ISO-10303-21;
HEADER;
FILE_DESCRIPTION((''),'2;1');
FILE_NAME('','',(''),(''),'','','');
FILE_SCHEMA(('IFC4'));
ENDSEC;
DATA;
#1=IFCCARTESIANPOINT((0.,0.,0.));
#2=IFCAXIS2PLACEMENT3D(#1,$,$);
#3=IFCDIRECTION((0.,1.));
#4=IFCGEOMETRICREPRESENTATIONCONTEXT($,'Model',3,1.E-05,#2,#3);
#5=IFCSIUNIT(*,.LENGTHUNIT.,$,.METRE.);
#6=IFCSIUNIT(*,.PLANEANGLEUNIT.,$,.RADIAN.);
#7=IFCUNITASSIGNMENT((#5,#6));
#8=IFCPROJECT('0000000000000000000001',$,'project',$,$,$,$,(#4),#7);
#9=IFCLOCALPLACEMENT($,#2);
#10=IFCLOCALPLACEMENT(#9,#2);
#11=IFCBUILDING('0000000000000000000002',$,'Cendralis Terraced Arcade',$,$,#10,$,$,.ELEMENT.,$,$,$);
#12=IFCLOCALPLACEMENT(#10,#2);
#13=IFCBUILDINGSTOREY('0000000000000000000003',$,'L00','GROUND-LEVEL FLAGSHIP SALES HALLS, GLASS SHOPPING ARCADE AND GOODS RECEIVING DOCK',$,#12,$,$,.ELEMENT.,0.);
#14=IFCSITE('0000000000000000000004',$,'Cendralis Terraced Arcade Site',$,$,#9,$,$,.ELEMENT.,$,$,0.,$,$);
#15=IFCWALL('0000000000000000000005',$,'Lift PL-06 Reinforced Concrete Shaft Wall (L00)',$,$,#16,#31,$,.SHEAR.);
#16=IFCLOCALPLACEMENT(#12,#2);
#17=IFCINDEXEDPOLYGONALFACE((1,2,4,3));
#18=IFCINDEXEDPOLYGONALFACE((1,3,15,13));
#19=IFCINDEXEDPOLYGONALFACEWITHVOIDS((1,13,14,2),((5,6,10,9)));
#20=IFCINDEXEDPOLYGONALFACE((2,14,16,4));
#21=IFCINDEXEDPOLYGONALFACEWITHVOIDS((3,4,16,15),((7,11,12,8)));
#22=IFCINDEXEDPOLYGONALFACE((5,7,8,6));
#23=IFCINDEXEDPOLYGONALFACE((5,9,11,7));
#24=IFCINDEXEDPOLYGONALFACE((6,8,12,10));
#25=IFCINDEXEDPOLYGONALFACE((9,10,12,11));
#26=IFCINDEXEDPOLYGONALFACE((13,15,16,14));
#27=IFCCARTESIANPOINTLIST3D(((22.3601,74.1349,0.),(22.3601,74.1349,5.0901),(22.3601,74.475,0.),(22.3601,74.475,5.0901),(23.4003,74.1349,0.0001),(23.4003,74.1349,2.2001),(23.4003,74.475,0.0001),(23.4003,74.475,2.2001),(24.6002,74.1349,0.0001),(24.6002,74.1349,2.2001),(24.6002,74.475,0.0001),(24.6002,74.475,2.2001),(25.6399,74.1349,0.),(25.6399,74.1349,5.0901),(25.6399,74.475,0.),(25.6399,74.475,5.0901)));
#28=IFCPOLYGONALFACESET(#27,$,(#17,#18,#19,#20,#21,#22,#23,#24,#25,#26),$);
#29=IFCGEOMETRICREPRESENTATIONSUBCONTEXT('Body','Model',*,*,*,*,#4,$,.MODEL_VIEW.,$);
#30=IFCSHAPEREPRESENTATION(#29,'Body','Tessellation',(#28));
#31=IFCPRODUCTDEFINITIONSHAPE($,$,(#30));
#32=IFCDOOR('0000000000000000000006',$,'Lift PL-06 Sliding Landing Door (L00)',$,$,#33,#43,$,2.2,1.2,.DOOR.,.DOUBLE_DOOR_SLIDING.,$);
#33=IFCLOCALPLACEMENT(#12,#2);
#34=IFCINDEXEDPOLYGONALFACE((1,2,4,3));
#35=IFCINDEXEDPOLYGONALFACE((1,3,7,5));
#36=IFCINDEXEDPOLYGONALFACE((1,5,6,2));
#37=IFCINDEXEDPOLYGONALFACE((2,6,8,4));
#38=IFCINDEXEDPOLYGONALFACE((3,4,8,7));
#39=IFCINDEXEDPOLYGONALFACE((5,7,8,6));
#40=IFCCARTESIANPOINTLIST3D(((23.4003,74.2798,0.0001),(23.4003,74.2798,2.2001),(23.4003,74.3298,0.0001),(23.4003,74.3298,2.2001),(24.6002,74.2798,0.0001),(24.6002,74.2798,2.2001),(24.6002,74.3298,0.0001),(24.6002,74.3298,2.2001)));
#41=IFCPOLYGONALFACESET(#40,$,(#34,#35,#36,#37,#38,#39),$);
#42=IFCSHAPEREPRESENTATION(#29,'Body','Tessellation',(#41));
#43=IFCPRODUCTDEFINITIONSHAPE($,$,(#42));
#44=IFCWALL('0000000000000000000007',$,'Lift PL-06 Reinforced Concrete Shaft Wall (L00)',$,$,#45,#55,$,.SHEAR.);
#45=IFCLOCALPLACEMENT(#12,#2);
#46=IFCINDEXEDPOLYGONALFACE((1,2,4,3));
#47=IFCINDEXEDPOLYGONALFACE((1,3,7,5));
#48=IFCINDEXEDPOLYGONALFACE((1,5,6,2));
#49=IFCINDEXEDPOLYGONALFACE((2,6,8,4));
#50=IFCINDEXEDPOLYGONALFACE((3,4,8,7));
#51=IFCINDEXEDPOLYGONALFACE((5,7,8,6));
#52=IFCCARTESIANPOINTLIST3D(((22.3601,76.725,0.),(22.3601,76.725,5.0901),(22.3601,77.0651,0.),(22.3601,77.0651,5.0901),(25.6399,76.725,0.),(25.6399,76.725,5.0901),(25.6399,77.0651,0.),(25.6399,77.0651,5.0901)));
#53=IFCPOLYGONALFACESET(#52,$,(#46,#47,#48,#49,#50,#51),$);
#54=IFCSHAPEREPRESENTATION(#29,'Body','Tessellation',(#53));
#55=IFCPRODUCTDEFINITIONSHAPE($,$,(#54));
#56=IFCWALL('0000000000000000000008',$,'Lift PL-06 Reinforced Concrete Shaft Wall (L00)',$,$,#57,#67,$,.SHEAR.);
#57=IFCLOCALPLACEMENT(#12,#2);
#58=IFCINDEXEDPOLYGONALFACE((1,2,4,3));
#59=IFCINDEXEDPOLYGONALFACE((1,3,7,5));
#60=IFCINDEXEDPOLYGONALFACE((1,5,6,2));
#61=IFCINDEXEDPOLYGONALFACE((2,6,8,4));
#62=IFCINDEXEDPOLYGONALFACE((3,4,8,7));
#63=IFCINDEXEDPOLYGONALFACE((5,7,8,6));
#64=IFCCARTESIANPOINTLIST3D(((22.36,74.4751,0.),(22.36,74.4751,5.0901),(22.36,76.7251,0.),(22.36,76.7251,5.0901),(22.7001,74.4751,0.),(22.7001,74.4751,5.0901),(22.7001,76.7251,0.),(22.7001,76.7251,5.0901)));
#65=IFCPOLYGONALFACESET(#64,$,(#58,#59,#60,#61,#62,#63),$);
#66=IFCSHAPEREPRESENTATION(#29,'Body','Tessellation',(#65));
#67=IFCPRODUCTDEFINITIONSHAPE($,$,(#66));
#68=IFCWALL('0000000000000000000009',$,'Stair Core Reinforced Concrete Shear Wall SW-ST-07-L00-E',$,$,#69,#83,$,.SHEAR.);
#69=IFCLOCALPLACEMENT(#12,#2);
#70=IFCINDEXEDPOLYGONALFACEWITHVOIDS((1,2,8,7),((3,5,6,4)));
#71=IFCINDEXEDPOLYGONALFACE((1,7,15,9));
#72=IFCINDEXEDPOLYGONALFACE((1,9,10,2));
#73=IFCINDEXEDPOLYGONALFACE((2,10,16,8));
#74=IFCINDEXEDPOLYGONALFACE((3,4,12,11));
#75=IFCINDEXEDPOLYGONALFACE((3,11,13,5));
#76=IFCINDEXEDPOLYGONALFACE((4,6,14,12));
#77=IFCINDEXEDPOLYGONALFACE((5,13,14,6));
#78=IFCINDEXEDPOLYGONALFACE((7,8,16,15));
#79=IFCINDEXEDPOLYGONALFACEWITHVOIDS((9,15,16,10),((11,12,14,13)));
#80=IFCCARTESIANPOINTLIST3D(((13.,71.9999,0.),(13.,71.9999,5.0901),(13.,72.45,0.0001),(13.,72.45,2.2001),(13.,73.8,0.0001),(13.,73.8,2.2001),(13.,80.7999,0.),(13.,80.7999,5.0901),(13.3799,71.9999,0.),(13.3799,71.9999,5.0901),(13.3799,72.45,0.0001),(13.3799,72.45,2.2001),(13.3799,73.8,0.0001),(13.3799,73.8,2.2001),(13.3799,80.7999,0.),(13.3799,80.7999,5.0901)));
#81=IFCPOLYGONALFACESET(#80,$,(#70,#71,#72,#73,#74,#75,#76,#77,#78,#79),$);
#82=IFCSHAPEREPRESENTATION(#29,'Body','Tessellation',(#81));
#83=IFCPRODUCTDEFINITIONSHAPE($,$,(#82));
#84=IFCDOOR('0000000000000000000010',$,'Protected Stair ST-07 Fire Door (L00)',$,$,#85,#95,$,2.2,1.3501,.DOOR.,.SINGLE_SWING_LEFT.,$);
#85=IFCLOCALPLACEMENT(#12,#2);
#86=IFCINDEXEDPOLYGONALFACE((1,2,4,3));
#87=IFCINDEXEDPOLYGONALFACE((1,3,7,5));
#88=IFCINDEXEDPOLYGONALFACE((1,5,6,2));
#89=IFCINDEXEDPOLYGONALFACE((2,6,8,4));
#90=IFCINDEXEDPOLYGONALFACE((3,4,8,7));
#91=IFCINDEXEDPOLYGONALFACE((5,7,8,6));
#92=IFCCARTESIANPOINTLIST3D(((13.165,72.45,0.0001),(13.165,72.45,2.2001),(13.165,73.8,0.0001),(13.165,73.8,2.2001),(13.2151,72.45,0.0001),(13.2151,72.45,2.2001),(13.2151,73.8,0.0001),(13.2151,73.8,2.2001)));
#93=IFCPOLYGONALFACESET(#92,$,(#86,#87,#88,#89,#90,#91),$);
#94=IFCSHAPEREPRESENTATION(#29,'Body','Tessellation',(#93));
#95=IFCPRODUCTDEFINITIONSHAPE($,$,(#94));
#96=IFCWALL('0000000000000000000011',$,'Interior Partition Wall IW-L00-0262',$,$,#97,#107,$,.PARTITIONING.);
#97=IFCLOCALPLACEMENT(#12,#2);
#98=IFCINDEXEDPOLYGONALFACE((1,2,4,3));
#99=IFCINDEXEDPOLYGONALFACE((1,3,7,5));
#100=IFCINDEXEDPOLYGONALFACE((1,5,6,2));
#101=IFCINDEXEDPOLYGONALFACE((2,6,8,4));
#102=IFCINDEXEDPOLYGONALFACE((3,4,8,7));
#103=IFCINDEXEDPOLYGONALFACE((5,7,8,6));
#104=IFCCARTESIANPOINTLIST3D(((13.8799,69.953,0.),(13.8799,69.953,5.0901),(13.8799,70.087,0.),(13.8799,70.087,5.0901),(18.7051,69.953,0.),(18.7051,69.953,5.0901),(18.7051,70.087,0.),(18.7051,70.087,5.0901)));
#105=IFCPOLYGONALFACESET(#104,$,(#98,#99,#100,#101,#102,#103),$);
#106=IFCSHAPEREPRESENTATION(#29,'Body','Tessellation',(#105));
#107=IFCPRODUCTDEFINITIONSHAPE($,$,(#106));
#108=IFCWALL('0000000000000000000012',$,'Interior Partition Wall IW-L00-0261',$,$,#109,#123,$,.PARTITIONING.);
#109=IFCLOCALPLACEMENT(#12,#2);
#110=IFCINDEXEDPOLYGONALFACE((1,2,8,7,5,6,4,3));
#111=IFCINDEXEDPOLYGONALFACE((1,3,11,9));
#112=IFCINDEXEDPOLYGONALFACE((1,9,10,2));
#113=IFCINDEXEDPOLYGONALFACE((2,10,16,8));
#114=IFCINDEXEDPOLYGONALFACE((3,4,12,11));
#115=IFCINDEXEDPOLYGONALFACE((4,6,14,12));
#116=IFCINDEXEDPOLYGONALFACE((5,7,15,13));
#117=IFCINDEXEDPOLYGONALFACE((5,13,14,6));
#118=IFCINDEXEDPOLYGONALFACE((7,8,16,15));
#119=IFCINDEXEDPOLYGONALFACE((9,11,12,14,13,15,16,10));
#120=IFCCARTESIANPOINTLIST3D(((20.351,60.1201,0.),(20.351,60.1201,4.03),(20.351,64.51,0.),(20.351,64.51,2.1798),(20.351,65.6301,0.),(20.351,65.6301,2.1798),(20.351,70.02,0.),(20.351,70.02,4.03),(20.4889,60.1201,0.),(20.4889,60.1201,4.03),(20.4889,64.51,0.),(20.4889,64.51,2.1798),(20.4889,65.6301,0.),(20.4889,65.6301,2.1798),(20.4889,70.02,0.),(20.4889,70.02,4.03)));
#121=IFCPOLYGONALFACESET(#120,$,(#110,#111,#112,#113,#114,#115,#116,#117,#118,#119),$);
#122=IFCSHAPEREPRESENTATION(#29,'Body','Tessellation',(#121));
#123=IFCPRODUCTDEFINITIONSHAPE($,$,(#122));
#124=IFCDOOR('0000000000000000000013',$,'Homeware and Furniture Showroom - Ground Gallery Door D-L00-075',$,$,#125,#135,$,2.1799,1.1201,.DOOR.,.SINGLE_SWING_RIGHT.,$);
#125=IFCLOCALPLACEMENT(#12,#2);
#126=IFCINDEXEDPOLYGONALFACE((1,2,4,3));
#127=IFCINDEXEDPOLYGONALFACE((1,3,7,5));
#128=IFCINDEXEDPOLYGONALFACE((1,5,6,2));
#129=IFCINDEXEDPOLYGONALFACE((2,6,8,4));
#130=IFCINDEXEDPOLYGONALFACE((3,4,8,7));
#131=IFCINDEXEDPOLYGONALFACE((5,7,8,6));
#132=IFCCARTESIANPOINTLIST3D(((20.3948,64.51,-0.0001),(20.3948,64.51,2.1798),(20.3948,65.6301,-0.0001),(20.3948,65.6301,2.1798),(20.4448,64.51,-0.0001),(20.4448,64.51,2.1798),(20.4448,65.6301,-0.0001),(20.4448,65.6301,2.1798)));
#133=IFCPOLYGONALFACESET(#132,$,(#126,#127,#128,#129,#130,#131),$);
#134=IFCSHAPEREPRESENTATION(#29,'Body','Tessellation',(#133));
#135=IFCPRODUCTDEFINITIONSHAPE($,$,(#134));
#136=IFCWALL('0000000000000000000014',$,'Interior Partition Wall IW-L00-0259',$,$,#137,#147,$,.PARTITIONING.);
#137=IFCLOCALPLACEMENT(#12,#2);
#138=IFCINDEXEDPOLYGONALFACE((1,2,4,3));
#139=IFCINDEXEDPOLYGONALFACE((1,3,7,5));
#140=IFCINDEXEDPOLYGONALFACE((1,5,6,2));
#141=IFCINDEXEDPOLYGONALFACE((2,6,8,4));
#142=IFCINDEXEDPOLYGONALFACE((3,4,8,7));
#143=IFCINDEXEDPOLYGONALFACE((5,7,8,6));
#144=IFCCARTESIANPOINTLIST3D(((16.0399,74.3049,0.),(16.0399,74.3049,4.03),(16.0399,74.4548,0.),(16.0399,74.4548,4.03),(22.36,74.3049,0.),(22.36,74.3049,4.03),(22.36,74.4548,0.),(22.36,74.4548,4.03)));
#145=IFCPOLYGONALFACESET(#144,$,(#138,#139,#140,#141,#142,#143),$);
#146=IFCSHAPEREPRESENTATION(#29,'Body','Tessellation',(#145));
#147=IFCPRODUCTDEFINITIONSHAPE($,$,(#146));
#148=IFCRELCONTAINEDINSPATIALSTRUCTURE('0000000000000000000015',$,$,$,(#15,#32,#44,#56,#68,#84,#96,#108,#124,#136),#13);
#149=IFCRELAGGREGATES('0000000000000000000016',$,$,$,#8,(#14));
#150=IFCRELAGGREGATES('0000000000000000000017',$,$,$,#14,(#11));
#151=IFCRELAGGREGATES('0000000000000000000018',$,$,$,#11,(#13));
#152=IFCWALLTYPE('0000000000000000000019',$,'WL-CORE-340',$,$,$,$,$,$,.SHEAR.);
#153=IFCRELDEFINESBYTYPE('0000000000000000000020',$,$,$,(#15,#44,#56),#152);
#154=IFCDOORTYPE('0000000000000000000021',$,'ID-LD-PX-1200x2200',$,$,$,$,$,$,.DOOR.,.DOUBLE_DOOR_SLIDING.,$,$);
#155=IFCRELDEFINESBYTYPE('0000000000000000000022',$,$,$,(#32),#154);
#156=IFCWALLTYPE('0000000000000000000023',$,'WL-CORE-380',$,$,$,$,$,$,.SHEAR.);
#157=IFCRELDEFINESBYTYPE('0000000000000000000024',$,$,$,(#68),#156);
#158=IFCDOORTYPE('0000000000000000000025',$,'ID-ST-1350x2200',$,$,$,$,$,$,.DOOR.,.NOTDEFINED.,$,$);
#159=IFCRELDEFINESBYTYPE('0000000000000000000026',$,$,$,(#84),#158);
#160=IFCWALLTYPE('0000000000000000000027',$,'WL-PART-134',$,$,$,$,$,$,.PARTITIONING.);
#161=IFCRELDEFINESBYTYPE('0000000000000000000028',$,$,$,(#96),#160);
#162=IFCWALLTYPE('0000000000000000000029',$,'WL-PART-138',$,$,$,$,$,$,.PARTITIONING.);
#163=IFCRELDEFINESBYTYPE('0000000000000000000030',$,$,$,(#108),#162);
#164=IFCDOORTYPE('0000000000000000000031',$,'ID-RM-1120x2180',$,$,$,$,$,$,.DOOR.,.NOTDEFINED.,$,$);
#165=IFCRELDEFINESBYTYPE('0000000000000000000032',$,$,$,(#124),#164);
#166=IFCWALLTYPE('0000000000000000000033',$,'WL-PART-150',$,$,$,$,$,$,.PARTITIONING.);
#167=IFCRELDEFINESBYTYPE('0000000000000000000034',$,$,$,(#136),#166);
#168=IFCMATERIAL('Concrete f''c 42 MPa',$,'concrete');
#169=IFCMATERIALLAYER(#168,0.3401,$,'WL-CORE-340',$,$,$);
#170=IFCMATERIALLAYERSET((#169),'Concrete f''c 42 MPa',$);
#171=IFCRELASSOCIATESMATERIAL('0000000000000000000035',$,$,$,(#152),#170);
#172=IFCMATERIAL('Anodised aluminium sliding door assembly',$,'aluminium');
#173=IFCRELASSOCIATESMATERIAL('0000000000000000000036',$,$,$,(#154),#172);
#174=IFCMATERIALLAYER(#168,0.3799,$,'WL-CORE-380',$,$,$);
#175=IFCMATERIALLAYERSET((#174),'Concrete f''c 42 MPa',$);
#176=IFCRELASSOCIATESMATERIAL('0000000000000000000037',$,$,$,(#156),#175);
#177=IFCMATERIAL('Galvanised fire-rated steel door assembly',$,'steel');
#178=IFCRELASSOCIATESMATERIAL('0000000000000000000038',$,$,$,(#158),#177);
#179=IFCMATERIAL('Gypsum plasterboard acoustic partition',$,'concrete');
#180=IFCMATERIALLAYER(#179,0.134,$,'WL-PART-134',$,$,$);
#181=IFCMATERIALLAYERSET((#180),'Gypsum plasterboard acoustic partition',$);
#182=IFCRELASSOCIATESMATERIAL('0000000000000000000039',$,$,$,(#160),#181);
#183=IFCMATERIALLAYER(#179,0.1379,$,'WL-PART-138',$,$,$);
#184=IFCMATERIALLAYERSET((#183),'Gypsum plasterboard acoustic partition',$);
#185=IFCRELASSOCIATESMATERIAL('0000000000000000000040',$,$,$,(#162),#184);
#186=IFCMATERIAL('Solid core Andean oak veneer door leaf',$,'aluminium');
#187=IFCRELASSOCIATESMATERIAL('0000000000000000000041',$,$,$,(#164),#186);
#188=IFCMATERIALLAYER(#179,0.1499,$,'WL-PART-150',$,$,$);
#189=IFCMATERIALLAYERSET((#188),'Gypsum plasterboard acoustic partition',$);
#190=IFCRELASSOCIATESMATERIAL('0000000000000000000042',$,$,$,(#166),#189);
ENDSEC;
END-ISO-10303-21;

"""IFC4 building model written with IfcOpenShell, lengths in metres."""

from ifc_helpers import new_model, si_unit, direction, frame, frame_2d, origin, place, context, subcontext, project, spatial, rectangle, extrude, material, layer, layer_set, type_object, element, fill, save


model = new_model("IFC4")

# Units and contexts
model_context = context("Model", 3, precision=1e-05, world=origin(), true_north=direction((0.0, 1.0)))
body_context = subcontext(model_context, "Body", "Model", "MODEL_VIEW")
ifc_project = project(units=[si_unit("LENGTHUNIT", "METRE"), si_unit("PLANEANGLEUNIT", "RADIAN")], contexts=[model_context])

# Site, building, storey
site_placement = place(None, origin())
site = spatial("IfcSite", under=ifc_project, at=site_placement, Name="Cendralis Terraced Arcade Site", CompositionType="ELEMENT", RefElevation=0.0)
building_placement = place(site_placement, origin())
building = spatial("IfcBuilding", under=site, at=building_placement, Name="Cendralis Terraced Arcade", CompositionType="ELEMENT")
storey_placement = place(building_placement, origin())
storey = spatial("IfcBuildingStorey", under=building, at=storey_placement, Name="L00", Description="GROUND-LEVEL FLAGSHIP SALES HALLS, GLASS SHOPPING ARCADE AND GOODS RECEIVING DOCK", CompositionType="ELEMENT", Elevation=0.0)

# Shared definitions
ifc_material_1 = material(Name="Concrete f'c 42 MPa", Category="concrete")

# Shared definitions
ifc_layer_1 = layer(ifc_material_1, 0.3401, Name="WL-CORE-340")
ifc_layer_set_1 = layer_set([ifc_layer_1], Name="Concrete f'c 42 MPa")
wall_type_1 = type_object("IfcWallType", Name="WL-CORE-340", PredefinedType="SHEAR", material=ifc_layer_set_1)

# Wall, opening, door
wall_1_placement = place(storey_placement, frame((22.3601, 74.3049, 0.0), z_axis=(0.0, 0.0, 1.0), x_axis=(1.0, 0.0, 0.0)))
wall_1 = element("IfcWall", 1, at=wall_1_placement, inside=storey, type_object=wall_type_1, Name="Lift PL-06 Reinforced Concrete Shaft Wall (L00)", PredefinedType="SHEAR", context=body_context, shape_type="SweptSolid", body=[
    extrude(rectangle(XDim=3.2798, YDim=0.3401, at=frame_2d((1.6399, 0.0))), origin(), (0.0, 0.0, 1.0), 5.0901),
])
opening_1_placement = place(wall_1_placement, frame((1.04, 0.0, 0.0)))
opening_1 = element("IfcOpeningElement", 2, at=opening_1_placement, cuts=wall_1, PredefinedType="OPENING", context=body_context, shape_type="SweptSolid", body=[
    extrude(rectangle(XDim=1.2, YDim=2.2, at=frame_2d((0.6001, 1.1001))), frame((0.0, 0.1821, 0.0), z_axis=(0.0, -1.0, 0.0), x_axis=(1.0, 0.0, 0.0)), (0.0, 0.0, 1.0), 0.364),
])
ifc_material_2 = material(Name="Anodised aluminium sliding door assembly", Category="aluminium")
door_type_1 = type_object("IfcDoorType", Name="ID-LD-PX-1200x2200", OperationType="DOUBLE_DOOR_SLIDING", PredefinedType="DOOR", material=ifc_material_2)
door_1_placement = place(opening_1_placement, origin())
door_1 = element("IfcDoor", 3, at=door_1_placement, inside=storey, type_object=door_type_1, Name="Lift PL-06 Sliding Landing Door (L00)", OperationType="DOUBLE_DOOR_SLIDING", OverallHeight=2.2, OverallWidth=1.2, PredefinedType="DOOR", context=body_context, shape_type="SweptSolid", body=[
    extrude(rectangle(XDim=1.2, YDim=2.2, at=frame_2d((0.6001, 1.1001))), frame((0.0, 0.0249, 0.0), z_axis=(0.0, -1.0, 0.0), x_axis=(1.0, 0.0, 0.0)), (0.0, 0.0, 1.0), 0.05),
])
fill(opening_1, door_1)

# Walls
wall_2_placement = place(storey_placement, frame((22.3601, 76.895, 0.0), z_axis=(0.0, 0.0, 1.0), x_axis=(1.0, 0.0, 0.0)))
element("IfcWall", 4, at=wall_2_placement, inside=storey, type_object=wall_type_1, Name="Lift PL-06 Reinforced Concrete Shaft Wall (L00)", PredefinedType="SHEAR", context=body_context, shape_type="SweptSolid", body=[
    extrude(rectangle(XDim=3.2798, YDim=0.3401, at=frame_2d((1.6399, 0.0))), origin(), (0.0, 0.0, 1.0), 5.0901),
])
wall_3_placement = place(storey_placement, frame((22.53, 74.4751, 0.0), z_axis=(0.0, 0.0, 1.0), x_axis=(0.0, 1.0, 0.0)))
element("IfcWall", 5, at=wall_3_placement, inside=storey, type_object=wall_type_1, Name="Lift PL-06 Reinforced Concrete Shaft Wall (L00)", PredefinedType="SHEAR", context=body_context, shape_type="SweptSolid", body=[
    extrude(rectangle(XDim=2.25, YDim=0.3401, at=frame_2d((1.125, 0.0))), origin(), (0.0, 0.0, 1.0), 5.0901),
])

# Wall, opening, door
ifc_layer_2 = layer(ifc_material_1, 0.3799, Name="WL-CORE-380")
ifc_layer_set_2 = layer_set([ifc_layer_2], Name="Concrete f'c 42 MPa")
wall_type_2 = type_object("IfcWallType", Name="WL-CORE-380", PredefinedType="SHEAR", material=ifc_layer_set_2)
wall_4_placement = place(storey_placement, frame((13.1899, 72.0, 0.0), z_axis=(0.0, 0.0, 1.0), x_axis=(0.0, 1.0, 0.0)))
wall_4 = element("IfcWall", 6, at=wall_4_placement, inside=storey, type_object=wall_type_2, Name="Stair Core Reinforced Concrete Shear Wall SW-ST-07-L00-E", PredefinedType="SHEAR", context=body_context, shape_type="SweptSolid", body=[
    extrude(rectangle(XDim=8.8, YDim=0.3799, at=frame_2d((4.3999, 0.0))), origin(), (0.0, 0.0, 1.0), 5.0901),
])
opening_2_placement = place(wall_4_placement, frame((0.45, 0.0, 0.0)))
opening_2 = element("IfcOpeningElement", 7, at=opening_2_placement, cuts=wall_4, PredefinedType="OPENING", context=body_context, shape_type="SweptSolid", body=[
    extrude(rectangle(XDim=1.3501, YDim=2.2, at=frame_2d((0.675, 1.1001))), frame((0.0, 0.2019, 0.0), z_axis=(0.0, -1.0, 0.0), x_axis=(1.0, 0.0, 0.0)), (0.0, 0.0, 1.0), 0.4038),
])
ifc_material_3 = material(Name="Galvanised fire-rated steel door assembly", Category="steel")
door_type_2 = type_object("IfcDoorType", Name="ID-ST-1350x2200", OperationType="NOTDEFINED", PredefinedType="DOOR", material=ifc_material_3)
door_2_placement = place(opening_2_placement, origin())
door_2 = element("IfcDoor", 8, at=door_2_placement, inside=storey, type_object=door_type_2, Name="Protected Stair ST-07 Fire Door (L00)", OperationType="SINGLE_SWING_LEFT", OverallHeight=2.2, OverallWidth=1.3501, PredefinedType="DOOR", context=body_context, shape_type="SweptSolid", body=[
    extrude(rectangle(XDim=1.3501, YDim=2.2, at=frame_2d((0.675, 1.1001))), frame((0.0, 0.0249, 0.0), z_axis=(0.0, -1.0, 0.0), x_axis=(1.0, 0.0, 0.0)), (0.0, 0.0, 1.0), 0.05),
])
fill(opening_2, door_2)

# Wall
ifc_material_4 = material(Name="Gypsum plasterboard acoustic partition", Category="concrete")
ifc_layer_3 = layer(ifc_material_4, 0.134, Name="WL-PART-134")
ifc_layer_set_3 = layer_set([ifc_layer_3], Name="Gypsum plasterboard acoustic partition")
wall_type_3 = type_object("IfcWallType", Name="WL-PART-134", PredefinedType="PARTITIONING", material=ifc_layer_set_3)
wall_5_placement = place(storey_placement, frame((13.8799, 70.02, 0.0), z_axis=(0.0, 0.0, 1.0), x_axis=(1.0, 0.0, 0.0)))
element("IfcWall", 9, at=wall_5_placement, inside=storey, type_object=wall_type_3, Name="Interior Partition Wall IW-L00-0262", PredefinedType="PARTITIONING", context=body_context, shape_type="SweptSolid", body=[
    extrude(rectangle(XDim=4.8252, YDim=0.134, at=frame_2d((2.4126, 0.0))), origin(), (0.0, 0.0, 1.0), 5.0901),
])

# Wall, opening, door
ifc_layer_4 = layer(ifc_material_4, 0.1379, Name="WL-PART-138")
ifc_layer_set_4 = layer_set([ifc_layer_4], Name="Gypsum plasterboard acoustic partition")
wall_type_4 = type_object("IfcWallType", Name="WL-PART-138", PredefinedType="PARTITIONING", material=ifc_layer_set_4)
wall_6_placement = place(storey_placement, frame((20.4199, 70.02, 0.0), z_axis=(0.0, 0.0, 1.0), x_axis=(0.0, -1.0, 0.0)))
wall_6 = element("IfcWall", 10, at=wall_6_placement, inside=storey, type_object=wall_type_4, Name="Interior Partition Wall IW-L00-0261", PredefinedType="PARTITIONING", context=body_context, shape_type="SweptSolid", body=[
    extrude(rectangle(XDim=9.8999, YDim=0.1379, at=frame_2d((4.95, 0.0))), origin(), (0.0, 0.0, 1.0), 4.03),
])
opening_3_placement = place(wall_6_placement, frame((4.3899, 0.0, 0.0)))
opening_3 = element("IfcOpeningElement", 11, at=opening_3_placement, cuts=wall_6, PredefinedType="OPENING", context=body_context, shape_type="SweptSolid", body=[
    extrude(rectangle(XDim=1.1201, YDim=2.1799, at=frame_2d((0.5601, 1.0898))), frame((0.0, 0.0811, 0.0), z_axis=(0.0, -1.0, 0.0), x_axis=(1.0, 0.0, 0.0)), (0.0, 0.0, 1.0), 0.1619),
])
ifc_material_5 = material(Name="Solid core Andean oak veneer door leaf", Category="aluminium")
door_type_3 = type_object("IfcDoorType", Name="ID-RM-1120x2180", OperationType="NOTDEFINED", PredefinedType="DOOR", material=ifc_material_5)
door_3_placement = place(opening_3_placement, origin())
door_3 = element("IfcDoor", 12, at=door_3_placement, inside=storey, type_object=door_type_3, Name="Homeware and Furniture Showroom - Ground Gallery Door D-L00-075", OperationType="SINGLE_SWING_RIGHT", OverallHeight=2.1799, OverallWidth=1.1201, PredefinedType="DOOR", context=body_context, shape_type="SweptSolid", body=[
    extrude(rectangle(XDim=1.1201, YDim=2.1799, at=frame_2d((0.5601, 1.0898))), frame((0.0, 0.0249, 0.0), z_axis=(0.0, -1.0, 0.0), x_axis=(1.0, 0.0, 0.0)), (0.0, 0.0, 1.0), 0.05),
])
fill(opening_3, door_3)

# Wall
ifc_layer_5 = layer(ifc_material_4, 0.1499, Name="WL-PART-150")
ifc_layer_set_5 = layer_set([ifc_layer_5], Name="Gypsum plasterboard acoustic partition")
wall_type_5 = type_object("IfcWallType", Name="WL-PART-150", PredefinedType="PARTITIONING", material=ifc_layer_set_5)
wall_7_placement = place(storey_placement, frame((22.3601, 74.3799, 0.0), z_axis=(0.0, 0.0, 1.0), x_axis=(-1.0, 0.0, 0.0)))
element("IfcWall", 13, at=wall_7_placement, inside=storey, type_object=wall_type_5, Name="Interior Partition Wall IW-L00-0259", PredefinedType="PARTITIONING", context=body_context, shape_type="SweptSolid", body=[
    extrude(rectangle(XDim=6.3201, YDim=0.1499, at=frame_2d((3.1602, 0.0))), origin(), (0.0, 0.0, 1.0), 4.03),
])

save(model, "model.ifc")
